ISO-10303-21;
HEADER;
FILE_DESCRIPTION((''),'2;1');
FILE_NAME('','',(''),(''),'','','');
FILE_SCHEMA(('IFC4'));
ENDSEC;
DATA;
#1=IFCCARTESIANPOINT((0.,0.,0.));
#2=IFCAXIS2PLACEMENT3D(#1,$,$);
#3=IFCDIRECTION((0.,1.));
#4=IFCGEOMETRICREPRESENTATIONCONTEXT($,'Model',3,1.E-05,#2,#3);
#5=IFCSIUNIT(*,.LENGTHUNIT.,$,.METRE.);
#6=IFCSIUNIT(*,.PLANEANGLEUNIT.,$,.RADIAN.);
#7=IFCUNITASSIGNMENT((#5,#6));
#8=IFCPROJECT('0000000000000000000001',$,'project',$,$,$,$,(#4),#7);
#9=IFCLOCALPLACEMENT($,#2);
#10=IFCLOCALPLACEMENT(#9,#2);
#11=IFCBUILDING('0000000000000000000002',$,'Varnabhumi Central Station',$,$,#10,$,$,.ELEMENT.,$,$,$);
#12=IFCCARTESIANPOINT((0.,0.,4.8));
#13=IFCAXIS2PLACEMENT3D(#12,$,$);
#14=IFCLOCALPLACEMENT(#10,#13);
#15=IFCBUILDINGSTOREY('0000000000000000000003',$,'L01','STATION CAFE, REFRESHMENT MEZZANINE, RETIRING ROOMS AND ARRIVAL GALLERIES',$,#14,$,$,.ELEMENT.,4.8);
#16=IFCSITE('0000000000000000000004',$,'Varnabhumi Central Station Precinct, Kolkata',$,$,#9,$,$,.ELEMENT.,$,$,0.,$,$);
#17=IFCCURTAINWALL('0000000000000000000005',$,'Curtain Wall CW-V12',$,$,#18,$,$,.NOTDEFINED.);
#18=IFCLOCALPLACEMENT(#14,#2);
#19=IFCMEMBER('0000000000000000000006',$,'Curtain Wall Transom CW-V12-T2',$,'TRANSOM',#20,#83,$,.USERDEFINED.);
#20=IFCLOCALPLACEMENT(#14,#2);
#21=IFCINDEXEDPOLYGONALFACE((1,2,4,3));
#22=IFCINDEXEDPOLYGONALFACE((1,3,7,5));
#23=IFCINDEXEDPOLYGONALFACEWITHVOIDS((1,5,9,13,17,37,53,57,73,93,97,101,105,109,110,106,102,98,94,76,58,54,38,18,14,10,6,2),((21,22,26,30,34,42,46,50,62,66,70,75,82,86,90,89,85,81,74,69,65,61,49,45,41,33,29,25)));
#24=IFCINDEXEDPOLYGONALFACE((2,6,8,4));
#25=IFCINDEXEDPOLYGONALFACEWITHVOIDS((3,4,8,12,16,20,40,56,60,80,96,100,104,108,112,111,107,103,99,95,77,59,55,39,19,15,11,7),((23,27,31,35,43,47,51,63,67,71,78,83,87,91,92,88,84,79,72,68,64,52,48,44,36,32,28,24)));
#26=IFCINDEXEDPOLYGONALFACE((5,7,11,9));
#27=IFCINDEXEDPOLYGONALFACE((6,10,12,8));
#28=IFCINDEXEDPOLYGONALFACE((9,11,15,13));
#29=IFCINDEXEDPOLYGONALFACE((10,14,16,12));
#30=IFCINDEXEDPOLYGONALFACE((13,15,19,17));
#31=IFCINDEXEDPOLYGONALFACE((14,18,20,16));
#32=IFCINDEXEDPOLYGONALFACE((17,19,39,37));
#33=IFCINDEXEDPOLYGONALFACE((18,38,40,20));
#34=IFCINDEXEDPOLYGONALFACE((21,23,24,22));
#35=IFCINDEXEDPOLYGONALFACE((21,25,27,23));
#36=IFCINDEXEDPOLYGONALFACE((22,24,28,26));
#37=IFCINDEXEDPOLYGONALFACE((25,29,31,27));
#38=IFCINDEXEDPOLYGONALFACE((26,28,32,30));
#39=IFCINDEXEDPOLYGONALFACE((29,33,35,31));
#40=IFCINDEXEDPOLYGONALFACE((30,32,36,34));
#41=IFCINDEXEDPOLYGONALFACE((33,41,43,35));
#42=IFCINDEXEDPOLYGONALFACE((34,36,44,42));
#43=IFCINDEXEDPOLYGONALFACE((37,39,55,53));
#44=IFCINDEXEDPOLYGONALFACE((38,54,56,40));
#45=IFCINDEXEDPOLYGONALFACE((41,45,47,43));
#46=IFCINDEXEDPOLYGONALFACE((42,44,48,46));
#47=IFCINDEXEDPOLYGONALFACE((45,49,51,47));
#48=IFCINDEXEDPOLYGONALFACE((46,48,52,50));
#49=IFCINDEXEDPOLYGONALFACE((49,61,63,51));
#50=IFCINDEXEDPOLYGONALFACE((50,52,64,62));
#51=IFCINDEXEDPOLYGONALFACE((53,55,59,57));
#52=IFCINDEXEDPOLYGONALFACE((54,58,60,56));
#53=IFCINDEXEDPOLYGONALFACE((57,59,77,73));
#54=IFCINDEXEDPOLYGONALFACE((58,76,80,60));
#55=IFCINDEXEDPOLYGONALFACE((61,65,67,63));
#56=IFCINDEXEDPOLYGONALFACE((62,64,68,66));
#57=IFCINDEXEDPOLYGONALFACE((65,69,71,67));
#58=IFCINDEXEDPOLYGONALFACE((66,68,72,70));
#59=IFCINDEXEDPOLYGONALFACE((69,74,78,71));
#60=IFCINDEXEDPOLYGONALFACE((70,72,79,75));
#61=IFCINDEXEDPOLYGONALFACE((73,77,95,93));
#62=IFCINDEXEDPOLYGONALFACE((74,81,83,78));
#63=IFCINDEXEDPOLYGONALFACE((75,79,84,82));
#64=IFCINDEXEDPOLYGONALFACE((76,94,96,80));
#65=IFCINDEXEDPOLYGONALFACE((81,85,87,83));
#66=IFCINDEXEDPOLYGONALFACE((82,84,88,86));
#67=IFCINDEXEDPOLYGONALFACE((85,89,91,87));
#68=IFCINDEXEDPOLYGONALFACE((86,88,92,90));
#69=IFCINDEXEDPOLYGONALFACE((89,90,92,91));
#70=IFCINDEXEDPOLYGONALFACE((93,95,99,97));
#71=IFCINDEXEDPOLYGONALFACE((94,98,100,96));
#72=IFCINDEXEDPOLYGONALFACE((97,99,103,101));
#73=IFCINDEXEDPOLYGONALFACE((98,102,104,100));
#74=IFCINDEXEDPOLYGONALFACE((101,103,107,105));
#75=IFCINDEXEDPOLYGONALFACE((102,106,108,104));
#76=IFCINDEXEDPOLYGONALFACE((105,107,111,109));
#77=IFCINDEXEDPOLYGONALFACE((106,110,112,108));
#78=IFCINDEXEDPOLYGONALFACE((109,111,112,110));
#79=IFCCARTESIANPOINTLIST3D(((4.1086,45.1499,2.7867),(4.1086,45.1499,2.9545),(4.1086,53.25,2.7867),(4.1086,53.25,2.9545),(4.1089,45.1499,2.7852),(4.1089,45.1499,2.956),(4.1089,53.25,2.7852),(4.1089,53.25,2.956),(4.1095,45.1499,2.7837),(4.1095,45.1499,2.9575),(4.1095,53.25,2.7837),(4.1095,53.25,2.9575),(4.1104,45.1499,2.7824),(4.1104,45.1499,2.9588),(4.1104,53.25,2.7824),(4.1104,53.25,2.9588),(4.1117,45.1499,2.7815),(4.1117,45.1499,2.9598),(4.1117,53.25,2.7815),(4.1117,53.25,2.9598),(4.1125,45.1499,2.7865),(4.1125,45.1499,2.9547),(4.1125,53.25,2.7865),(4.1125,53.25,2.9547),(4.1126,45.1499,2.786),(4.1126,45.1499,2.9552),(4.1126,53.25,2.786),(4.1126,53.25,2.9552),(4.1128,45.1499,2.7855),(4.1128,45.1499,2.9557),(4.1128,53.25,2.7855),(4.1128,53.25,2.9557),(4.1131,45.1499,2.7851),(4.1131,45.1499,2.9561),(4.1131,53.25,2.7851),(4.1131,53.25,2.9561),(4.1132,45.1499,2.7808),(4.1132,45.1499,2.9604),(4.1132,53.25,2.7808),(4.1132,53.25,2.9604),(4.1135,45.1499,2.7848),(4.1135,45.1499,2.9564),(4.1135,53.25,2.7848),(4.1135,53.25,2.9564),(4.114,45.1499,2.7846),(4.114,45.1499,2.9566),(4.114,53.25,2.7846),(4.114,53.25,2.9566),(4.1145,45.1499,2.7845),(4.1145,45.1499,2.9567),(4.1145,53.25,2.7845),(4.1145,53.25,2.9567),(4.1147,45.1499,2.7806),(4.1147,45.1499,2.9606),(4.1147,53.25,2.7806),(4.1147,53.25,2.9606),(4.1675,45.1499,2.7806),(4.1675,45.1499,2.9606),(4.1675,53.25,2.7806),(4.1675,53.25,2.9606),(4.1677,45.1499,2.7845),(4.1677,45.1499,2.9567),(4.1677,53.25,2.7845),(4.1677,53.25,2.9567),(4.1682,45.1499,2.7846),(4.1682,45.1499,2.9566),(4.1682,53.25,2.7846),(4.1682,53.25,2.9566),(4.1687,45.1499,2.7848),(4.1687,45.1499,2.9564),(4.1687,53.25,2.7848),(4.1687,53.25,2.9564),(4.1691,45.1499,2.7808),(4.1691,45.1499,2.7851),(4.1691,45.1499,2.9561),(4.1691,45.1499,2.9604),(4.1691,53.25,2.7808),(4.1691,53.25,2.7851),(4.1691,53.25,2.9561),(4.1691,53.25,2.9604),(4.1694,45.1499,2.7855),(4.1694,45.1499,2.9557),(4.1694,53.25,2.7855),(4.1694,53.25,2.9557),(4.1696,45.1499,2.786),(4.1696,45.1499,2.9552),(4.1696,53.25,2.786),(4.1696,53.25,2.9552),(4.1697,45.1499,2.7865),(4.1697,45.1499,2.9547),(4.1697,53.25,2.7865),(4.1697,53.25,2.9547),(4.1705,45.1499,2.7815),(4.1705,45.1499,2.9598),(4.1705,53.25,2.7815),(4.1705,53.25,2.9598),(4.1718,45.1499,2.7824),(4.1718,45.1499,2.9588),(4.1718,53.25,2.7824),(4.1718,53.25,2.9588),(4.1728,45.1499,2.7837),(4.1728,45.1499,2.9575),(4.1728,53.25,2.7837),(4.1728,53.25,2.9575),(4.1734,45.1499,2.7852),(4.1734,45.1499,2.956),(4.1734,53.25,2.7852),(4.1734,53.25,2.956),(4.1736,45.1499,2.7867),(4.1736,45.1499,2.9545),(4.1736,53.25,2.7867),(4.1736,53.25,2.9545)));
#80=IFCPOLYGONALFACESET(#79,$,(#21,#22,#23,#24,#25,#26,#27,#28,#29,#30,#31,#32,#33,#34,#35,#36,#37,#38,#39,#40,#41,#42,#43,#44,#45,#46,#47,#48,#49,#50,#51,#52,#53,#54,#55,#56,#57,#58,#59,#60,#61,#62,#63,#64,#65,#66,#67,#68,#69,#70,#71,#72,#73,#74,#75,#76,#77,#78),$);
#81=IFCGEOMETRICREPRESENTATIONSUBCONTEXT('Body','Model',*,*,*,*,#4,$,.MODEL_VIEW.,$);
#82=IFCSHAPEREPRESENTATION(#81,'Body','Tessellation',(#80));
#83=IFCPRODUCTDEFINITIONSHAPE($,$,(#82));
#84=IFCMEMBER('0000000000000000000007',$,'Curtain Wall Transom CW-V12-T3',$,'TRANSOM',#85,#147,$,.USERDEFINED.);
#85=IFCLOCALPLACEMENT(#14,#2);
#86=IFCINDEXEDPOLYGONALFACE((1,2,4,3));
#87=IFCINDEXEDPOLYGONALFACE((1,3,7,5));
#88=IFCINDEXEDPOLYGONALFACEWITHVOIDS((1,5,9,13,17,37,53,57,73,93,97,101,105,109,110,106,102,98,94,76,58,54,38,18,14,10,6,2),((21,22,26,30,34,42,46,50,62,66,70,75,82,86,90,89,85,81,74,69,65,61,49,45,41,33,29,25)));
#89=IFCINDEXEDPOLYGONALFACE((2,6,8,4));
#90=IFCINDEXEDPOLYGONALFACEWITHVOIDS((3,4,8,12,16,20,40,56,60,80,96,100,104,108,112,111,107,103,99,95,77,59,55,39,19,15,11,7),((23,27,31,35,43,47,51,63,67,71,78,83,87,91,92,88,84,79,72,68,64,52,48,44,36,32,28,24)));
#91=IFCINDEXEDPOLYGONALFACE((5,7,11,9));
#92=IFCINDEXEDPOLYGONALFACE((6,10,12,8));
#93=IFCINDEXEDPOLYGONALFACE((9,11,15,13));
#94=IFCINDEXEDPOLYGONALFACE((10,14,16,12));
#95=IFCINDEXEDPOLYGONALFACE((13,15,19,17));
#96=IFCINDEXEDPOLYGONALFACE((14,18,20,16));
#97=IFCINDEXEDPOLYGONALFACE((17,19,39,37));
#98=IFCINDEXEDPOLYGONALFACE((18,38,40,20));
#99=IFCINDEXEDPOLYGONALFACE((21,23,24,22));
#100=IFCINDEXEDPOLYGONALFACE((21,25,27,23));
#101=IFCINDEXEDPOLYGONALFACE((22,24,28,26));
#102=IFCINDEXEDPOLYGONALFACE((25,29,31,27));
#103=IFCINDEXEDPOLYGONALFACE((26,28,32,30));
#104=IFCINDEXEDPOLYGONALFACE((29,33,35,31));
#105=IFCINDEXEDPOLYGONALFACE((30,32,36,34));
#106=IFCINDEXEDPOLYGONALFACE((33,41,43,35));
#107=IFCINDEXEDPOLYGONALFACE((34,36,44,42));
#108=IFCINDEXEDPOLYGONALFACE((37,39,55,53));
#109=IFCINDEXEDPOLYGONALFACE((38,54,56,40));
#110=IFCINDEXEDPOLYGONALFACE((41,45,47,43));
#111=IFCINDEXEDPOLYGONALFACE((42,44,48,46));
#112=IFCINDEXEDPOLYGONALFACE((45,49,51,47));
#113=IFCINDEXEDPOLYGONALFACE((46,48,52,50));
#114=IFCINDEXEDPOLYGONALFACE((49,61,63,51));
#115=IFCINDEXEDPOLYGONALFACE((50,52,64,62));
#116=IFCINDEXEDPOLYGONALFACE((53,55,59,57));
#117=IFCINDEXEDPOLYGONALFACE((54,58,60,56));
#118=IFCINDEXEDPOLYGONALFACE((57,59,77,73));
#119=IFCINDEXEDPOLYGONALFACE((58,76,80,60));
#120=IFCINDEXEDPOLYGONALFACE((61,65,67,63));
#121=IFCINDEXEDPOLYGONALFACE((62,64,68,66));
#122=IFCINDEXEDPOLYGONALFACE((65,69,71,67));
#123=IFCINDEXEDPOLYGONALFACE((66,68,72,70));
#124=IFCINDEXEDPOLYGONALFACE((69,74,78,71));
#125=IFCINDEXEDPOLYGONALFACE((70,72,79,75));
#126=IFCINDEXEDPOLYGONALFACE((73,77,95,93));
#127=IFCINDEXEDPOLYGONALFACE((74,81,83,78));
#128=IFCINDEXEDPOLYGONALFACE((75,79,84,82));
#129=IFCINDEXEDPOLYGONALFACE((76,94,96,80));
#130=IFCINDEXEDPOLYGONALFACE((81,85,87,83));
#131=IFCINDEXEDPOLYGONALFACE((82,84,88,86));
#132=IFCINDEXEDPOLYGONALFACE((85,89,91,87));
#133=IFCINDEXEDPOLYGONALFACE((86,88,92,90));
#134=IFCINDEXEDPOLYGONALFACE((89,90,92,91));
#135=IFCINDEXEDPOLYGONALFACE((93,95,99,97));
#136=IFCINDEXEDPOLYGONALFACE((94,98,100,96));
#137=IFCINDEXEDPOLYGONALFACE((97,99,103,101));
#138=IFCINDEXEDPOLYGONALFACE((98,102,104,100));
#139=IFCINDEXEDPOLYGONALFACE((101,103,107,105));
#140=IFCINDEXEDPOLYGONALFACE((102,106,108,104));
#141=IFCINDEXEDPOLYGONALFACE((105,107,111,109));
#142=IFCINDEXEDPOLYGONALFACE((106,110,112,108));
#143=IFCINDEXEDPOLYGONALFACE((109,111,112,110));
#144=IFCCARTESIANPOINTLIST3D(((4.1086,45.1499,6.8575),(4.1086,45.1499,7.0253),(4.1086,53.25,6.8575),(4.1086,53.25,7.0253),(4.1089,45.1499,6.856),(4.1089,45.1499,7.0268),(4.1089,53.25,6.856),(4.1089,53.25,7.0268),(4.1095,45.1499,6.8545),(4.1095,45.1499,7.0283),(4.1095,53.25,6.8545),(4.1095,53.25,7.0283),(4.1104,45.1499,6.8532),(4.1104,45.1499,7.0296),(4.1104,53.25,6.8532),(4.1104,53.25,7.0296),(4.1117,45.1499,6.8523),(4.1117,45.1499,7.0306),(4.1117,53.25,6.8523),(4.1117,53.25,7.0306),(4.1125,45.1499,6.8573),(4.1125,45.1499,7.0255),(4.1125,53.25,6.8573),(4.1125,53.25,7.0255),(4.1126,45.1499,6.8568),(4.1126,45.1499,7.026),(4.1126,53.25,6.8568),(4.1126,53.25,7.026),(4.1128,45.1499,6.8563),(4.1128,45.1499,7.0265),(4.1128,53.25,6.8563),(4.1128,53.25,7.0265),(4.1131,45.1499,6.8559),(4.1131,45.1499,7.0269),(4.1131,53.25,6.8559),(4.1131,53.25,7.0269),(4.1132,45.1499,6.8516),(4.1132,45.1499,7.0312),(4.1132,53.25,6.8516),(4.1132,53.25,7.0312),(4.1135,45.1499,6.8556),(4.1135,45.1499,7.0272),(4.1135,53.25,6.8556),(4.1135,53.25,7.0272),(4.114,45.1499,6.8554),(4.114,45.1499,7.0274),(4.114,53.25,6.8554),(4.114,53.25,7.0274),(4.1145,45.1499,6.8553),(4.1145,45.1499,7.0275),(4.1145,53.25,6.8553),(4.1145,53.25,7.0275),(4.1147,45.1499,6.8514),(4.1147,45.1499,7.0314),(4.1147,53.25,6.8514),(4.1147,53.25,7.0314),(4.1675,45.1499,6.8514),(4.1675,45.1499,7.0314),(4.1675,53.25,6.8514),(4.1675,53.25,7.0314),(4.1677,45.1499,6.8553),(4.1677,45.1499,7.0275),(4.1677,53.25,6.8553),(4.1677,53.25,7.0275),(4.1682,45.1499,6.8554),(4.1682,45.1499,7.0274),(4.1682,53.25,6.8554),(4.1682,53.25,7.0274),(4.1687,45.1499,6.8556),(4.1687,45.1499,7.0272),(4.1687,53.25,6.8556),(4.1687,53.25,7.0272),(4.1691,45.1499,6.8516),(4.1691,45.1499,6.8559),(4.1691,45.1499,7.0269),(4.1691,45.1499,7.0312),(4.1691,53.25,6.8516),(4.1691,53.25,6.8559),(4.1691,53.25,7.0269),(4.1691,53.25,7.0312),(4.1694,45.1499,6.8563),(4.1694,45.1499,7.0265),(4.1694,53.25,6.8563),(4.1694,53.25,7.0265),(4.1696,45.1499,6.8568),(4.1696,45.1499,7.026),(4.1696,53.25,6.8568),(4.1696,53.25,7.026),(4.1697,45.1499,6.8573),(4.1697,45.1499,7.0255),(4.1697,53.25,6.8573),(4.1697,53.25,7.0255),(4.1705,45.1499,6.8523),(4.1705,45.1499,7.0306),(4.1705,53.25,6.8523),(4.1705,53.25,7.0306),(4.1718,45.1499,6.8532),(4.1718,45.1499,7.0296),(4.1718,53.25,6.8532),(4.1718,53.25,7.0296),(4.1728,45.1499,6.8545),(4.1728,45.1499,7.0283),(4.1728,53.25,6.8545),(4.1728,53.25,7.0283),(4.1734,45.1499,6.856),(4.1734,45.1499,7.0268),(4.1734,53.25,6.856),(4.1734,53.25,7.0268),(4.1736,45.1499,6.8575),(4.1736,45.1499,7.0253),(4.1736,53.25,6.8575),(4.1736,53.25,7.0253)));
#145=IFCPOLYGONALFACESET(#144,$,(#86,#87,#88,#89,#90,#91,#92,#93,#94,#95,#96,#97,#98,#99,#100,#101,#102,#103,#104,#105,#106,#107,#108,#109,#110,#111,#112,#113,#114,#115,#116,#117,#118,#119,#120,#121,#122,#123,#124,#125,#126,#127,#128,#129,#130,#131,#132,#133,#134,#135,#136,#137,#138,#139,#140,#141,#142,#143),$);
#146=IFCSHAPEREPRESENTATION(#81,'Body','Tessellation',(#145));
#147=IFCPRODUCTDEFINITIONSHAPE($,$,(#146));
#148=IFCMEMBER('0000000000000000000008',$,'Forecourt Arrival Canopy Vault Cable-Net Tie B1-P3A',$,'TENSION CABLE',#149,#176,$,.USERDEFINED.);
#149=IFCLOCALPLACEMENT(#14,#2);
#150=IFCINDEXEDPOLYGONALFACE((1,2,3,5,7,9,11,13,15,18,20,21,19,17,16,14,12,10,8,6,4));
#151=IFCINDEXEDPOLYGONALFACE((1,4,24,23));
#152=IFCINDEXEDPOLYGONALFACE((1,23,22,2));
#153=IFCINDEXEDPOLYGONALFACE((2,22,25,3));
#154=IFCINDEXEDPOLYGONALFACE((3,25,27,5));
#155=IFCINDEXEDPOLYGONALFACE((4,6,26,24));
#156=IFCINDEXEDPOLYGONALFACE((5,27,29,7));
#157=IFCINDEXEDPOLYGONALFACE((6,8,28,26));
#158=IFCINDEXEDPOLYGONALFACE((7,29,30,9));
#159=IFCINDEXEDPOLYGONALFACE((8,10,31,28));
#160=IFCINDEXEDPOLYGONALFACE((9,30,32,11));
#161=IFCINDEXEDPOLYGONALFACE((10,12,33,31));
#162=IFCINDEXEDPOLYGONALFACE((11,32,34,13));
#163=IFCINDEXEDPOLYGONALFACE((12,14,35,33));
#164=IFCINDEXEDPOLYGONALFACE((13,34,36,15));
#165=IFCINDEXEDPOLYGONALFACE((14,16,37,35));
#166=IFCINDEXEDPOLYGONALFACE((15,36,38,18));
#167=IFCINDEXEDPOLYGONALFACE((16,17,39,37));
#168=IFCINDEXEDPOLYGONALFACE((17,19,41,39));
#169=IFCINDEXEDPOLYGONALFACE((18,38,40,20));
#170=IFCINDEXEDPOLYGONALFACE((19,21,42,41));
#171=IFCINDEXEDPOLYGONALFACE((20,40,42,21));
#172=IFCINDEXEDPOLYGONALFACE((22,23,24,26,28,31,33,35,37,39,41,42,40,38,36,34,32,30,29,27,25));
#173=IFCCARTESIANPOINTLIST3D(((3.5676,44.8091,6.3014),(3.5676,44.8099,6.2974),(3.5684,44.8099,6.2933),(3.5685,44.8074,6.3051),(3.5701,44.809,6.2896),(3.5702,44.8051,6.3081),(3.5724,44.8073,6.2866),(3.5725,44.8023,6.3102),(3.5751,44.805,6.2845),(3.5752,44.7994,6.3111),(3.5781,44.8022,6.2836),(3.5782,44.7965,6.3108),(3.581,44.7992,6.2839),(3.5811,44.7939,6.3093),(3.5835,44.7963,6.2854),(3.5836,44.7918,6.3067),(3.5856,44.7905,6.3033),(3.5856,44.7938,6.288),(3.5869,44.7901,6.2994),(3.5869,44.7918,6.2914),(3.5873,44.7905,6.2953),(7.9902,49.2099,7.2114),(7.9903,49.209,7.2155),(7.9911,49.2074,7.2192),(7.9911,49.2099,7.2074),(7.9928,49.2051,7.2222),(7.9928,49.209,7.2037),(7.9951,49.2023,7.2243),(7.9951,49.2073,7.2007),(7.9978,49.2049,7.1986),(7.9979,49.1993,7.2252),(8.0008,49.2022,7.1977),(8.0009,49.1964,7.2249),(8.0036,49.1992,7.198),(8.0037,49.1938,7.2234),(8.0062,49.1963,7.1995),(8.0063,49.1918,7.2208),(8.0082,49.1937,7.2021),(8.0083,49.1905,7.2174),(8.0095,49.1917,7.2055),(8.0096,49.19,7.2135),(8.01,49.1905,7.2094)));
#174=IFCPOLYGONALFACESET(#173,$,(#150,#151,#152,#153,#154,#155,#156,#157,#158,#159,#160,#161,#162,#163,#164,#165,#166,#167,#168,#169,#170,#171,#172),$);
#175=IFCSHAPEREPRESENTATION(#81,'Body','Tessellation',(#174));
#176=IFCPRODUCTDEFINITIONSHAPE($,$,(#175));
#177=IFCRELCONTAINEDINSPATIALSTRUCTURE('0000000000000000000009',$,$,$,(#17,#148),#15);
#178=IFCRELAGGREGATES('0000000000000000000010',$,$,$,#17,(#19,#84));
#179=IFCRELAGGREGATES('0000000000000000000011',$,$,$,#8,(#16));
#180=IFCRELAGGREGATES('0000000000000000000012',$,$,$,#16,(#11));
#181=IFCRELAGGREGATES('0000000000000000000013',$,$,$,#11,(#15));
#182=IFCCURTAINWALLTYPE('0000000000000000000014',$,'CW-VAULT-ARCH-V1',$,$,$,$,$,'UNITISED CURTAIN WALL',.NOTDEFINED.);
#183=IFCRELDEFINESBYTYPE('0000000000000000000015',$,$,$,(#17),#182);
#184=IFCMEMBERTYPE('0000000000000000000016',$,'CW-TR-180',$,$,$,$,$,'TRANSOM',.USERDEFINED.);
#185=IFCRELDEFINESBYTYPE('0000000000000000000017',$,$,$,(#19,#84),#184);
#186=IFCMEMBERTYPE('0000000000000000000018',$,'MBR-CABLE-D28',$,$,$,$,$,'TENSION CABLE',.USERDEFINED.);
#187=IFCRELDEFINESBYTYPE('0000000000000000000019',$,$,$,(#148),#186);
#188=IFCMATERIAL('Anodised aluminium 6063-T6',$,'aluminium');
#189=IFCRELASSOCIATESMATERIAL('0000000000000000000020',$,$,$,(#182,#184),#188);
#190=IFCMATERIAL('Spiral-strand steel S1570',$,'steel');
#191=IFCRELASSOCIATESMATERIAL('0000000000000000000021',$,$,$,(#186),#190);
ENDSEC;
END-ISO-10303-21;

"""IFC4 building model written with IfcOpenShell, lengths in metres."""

from ifc_helpers import new_model, si_unit, direction, frame, origin, origin_2d, place, context, subcontext, project, spatial, hollow_rectangle, circle, extrude, material, material_profile, profile_set, type_object, element, aggregate, save


model = new_model("IFC4")

# Units and contexts
model_context = context("Model", 3, precision=1e-05, world=origin(), true_north=direction((0.0, 1.0)))
body_context = subcontext(model_context, "Body", "Model", "MODEL_VIEW")
ifc_project = project(units=[si_unit("LENGTHUNIT", "METRE"), si_unit("PLANEANGLEUNIT", "RADIAN")], contexts=[model_context])

# Site, building, storey
site_placement = place(None, origin())
site = spatial("IfcSite", under=ifc_project, at=site_placement, Name="Varnabhumi Central Station Precinct, Kolkata", CompositionType="ELEMENT", RefElevation=0.0)
building_placement = place(site_placement, origin())
building = spatial("IfcBuilding", under=site, at=building_placement, Name="Varnabhumi Central Station", CompositionType="ELEMENT")
storey_placement = place(building_placement, frame((0.0, 0.0, 4.8)))
storey = spatial("IfcBuildingStorey", under=building, at=storey_placement, Name="L01", Description="STATION CAFE, REFRESHMENT MEZZANINE, RETIRING ROOMS AND ARRIVAL GALLERIES", CompositionType="ELEMENT", Elevation=4.8)

# Curtain wall, members
ifc_material_1 = material(Name="Anodised aluminium 6063-T6", Category="aluminium")
curtain_wall_type = type_object("IfcCurtainWallType", Name="CW-VAULT-ARCH-V1", ElementType="UNITISED CURTAIN WALL", PredefinedType="NOTDEFINED", material=ifc_material_1)
curtain_wall_1_placement = place(storey_placement, origin())
curtain_wall_1 = element("IfcCurtainWall", 1, at=curtain_wall_1_placement, inside=storey, type_object=curtain_wall_type, Name="Curtain Wall CW-V12", PredefinedType="NOTDEFINED")
ifc_material_profile_1 = material_profile(ifc_material_1, hollow_rectangle(XDim=0.0649, YDim=0.1799, WallThickness=0.0039, InnerFilletRadius=0.002, OuterFilletRadius=0.0061, at=origin_2d()), Name="Anodised aluminium 6063-T6", Category="aluminium")
ifc_profile_set_1 = profile_set([ifc_material_profile_1], Name="Anodised aluminium 6063-T6")
member_type_1 = type_object("IfcMemberType", Name="CW-TR-180", ElementType="TRANSOM", PredefinedType="USERDEFINED", material=ifc_profile_set_1)
member_1_placement = place(storey_placement, frame((4.1411, 45.1499, 2.8706), z_axis=(0.0, 1.0, 0.0), x_axis=(-1.0, 0.0, 0.0)))
member_1 = element("IfcMember", 2, at=member_1_placement, type_object=member_type_1, Name="Curtain Wall Transom CW-V12-T2", ObjectType="TRANSOM", PredefinedType="USERDEFINED", context=body_context, shape_type="SweptSolid", body=[
    extrude(hollow_rectangle(XDim=0.0649, YDim=0.1799, WallThickness=0.0039, InnerFilletRadius=0.002, OuterFilletRadius=0.0061, at=origin_2d()), origin(), (0.0, 0.0, 1.0), 8.1001),
])
member_2_placement = place(storey_placement, frame((4.1411, 45.1499, 6.9414), z_axis=(0.0, 1.0, 0.0), x_axis=(-1.0, 0.0, 0.0)))
member_2 = element("IfcMember", 3, at=member_2_placement, type_object=member_type_1, Name="Curtain Wall Transom CW-V12-T3", ObjectType="TRANSOM", PredefinedType="USERDEFINED", context=body_context, shape_type="SweptSolid", body=[
    extrude(hollow_rectangle(XDim=0.0649, YDim=0.1799, WallThickness=0.0039, InnerFilletRadius=0.002, OuterFilletRadius=0.0061, at=origin_2d()), origin(), (0.0, 0.0, 1.0), 8.1001),
])

# Member
ifc_material_2 = material(Name="Spiral-strand steel S1570", Category="steel")
ifc_material_profile_2 = material_profile(ifc_material_2, circle(Radius=0.0139, at=origin_2d()), Name="Spiral-strand steel S1570", Category="steel")
ifc_profile_set_2 = profile_set([ifc_material_profile_2], Name="Spiral-strand steel S1570")
member_type_2 = type_object("IfcMemberType", Name="MBR-CABLE-D28", ElementType="TENSION CABLE", PredefinedType="USERDEFINED", material=ifc_profile_set_2)
member_3_placement = place(storey_placement, frame((3.5774, 44.8, 6.2974), z_axis=(0.701435, 0.697834, 0.144972), x_axis=(-0.705285, 0.708924, 0.0)))
element("IfcMember", 4, at=member_3_placement, inside=storey, type_object=member_type_2, Name="Forecourt Arrival Canopy Vault Cable-Net Tie B1-P3A", ObjectType="TENSION CABLE", PredefinedType="USERDEFINED", context=body_context, shape_type="SweptSolid", body=[
    extrude(circle(Radius=0.0139, at=origin_2d()), origin(), (0.0, 0.0, 1.0), 6.3052),
])

aggregate(curtain_wall_1, [member_1, member_2])

save(model, "model.ifc")
